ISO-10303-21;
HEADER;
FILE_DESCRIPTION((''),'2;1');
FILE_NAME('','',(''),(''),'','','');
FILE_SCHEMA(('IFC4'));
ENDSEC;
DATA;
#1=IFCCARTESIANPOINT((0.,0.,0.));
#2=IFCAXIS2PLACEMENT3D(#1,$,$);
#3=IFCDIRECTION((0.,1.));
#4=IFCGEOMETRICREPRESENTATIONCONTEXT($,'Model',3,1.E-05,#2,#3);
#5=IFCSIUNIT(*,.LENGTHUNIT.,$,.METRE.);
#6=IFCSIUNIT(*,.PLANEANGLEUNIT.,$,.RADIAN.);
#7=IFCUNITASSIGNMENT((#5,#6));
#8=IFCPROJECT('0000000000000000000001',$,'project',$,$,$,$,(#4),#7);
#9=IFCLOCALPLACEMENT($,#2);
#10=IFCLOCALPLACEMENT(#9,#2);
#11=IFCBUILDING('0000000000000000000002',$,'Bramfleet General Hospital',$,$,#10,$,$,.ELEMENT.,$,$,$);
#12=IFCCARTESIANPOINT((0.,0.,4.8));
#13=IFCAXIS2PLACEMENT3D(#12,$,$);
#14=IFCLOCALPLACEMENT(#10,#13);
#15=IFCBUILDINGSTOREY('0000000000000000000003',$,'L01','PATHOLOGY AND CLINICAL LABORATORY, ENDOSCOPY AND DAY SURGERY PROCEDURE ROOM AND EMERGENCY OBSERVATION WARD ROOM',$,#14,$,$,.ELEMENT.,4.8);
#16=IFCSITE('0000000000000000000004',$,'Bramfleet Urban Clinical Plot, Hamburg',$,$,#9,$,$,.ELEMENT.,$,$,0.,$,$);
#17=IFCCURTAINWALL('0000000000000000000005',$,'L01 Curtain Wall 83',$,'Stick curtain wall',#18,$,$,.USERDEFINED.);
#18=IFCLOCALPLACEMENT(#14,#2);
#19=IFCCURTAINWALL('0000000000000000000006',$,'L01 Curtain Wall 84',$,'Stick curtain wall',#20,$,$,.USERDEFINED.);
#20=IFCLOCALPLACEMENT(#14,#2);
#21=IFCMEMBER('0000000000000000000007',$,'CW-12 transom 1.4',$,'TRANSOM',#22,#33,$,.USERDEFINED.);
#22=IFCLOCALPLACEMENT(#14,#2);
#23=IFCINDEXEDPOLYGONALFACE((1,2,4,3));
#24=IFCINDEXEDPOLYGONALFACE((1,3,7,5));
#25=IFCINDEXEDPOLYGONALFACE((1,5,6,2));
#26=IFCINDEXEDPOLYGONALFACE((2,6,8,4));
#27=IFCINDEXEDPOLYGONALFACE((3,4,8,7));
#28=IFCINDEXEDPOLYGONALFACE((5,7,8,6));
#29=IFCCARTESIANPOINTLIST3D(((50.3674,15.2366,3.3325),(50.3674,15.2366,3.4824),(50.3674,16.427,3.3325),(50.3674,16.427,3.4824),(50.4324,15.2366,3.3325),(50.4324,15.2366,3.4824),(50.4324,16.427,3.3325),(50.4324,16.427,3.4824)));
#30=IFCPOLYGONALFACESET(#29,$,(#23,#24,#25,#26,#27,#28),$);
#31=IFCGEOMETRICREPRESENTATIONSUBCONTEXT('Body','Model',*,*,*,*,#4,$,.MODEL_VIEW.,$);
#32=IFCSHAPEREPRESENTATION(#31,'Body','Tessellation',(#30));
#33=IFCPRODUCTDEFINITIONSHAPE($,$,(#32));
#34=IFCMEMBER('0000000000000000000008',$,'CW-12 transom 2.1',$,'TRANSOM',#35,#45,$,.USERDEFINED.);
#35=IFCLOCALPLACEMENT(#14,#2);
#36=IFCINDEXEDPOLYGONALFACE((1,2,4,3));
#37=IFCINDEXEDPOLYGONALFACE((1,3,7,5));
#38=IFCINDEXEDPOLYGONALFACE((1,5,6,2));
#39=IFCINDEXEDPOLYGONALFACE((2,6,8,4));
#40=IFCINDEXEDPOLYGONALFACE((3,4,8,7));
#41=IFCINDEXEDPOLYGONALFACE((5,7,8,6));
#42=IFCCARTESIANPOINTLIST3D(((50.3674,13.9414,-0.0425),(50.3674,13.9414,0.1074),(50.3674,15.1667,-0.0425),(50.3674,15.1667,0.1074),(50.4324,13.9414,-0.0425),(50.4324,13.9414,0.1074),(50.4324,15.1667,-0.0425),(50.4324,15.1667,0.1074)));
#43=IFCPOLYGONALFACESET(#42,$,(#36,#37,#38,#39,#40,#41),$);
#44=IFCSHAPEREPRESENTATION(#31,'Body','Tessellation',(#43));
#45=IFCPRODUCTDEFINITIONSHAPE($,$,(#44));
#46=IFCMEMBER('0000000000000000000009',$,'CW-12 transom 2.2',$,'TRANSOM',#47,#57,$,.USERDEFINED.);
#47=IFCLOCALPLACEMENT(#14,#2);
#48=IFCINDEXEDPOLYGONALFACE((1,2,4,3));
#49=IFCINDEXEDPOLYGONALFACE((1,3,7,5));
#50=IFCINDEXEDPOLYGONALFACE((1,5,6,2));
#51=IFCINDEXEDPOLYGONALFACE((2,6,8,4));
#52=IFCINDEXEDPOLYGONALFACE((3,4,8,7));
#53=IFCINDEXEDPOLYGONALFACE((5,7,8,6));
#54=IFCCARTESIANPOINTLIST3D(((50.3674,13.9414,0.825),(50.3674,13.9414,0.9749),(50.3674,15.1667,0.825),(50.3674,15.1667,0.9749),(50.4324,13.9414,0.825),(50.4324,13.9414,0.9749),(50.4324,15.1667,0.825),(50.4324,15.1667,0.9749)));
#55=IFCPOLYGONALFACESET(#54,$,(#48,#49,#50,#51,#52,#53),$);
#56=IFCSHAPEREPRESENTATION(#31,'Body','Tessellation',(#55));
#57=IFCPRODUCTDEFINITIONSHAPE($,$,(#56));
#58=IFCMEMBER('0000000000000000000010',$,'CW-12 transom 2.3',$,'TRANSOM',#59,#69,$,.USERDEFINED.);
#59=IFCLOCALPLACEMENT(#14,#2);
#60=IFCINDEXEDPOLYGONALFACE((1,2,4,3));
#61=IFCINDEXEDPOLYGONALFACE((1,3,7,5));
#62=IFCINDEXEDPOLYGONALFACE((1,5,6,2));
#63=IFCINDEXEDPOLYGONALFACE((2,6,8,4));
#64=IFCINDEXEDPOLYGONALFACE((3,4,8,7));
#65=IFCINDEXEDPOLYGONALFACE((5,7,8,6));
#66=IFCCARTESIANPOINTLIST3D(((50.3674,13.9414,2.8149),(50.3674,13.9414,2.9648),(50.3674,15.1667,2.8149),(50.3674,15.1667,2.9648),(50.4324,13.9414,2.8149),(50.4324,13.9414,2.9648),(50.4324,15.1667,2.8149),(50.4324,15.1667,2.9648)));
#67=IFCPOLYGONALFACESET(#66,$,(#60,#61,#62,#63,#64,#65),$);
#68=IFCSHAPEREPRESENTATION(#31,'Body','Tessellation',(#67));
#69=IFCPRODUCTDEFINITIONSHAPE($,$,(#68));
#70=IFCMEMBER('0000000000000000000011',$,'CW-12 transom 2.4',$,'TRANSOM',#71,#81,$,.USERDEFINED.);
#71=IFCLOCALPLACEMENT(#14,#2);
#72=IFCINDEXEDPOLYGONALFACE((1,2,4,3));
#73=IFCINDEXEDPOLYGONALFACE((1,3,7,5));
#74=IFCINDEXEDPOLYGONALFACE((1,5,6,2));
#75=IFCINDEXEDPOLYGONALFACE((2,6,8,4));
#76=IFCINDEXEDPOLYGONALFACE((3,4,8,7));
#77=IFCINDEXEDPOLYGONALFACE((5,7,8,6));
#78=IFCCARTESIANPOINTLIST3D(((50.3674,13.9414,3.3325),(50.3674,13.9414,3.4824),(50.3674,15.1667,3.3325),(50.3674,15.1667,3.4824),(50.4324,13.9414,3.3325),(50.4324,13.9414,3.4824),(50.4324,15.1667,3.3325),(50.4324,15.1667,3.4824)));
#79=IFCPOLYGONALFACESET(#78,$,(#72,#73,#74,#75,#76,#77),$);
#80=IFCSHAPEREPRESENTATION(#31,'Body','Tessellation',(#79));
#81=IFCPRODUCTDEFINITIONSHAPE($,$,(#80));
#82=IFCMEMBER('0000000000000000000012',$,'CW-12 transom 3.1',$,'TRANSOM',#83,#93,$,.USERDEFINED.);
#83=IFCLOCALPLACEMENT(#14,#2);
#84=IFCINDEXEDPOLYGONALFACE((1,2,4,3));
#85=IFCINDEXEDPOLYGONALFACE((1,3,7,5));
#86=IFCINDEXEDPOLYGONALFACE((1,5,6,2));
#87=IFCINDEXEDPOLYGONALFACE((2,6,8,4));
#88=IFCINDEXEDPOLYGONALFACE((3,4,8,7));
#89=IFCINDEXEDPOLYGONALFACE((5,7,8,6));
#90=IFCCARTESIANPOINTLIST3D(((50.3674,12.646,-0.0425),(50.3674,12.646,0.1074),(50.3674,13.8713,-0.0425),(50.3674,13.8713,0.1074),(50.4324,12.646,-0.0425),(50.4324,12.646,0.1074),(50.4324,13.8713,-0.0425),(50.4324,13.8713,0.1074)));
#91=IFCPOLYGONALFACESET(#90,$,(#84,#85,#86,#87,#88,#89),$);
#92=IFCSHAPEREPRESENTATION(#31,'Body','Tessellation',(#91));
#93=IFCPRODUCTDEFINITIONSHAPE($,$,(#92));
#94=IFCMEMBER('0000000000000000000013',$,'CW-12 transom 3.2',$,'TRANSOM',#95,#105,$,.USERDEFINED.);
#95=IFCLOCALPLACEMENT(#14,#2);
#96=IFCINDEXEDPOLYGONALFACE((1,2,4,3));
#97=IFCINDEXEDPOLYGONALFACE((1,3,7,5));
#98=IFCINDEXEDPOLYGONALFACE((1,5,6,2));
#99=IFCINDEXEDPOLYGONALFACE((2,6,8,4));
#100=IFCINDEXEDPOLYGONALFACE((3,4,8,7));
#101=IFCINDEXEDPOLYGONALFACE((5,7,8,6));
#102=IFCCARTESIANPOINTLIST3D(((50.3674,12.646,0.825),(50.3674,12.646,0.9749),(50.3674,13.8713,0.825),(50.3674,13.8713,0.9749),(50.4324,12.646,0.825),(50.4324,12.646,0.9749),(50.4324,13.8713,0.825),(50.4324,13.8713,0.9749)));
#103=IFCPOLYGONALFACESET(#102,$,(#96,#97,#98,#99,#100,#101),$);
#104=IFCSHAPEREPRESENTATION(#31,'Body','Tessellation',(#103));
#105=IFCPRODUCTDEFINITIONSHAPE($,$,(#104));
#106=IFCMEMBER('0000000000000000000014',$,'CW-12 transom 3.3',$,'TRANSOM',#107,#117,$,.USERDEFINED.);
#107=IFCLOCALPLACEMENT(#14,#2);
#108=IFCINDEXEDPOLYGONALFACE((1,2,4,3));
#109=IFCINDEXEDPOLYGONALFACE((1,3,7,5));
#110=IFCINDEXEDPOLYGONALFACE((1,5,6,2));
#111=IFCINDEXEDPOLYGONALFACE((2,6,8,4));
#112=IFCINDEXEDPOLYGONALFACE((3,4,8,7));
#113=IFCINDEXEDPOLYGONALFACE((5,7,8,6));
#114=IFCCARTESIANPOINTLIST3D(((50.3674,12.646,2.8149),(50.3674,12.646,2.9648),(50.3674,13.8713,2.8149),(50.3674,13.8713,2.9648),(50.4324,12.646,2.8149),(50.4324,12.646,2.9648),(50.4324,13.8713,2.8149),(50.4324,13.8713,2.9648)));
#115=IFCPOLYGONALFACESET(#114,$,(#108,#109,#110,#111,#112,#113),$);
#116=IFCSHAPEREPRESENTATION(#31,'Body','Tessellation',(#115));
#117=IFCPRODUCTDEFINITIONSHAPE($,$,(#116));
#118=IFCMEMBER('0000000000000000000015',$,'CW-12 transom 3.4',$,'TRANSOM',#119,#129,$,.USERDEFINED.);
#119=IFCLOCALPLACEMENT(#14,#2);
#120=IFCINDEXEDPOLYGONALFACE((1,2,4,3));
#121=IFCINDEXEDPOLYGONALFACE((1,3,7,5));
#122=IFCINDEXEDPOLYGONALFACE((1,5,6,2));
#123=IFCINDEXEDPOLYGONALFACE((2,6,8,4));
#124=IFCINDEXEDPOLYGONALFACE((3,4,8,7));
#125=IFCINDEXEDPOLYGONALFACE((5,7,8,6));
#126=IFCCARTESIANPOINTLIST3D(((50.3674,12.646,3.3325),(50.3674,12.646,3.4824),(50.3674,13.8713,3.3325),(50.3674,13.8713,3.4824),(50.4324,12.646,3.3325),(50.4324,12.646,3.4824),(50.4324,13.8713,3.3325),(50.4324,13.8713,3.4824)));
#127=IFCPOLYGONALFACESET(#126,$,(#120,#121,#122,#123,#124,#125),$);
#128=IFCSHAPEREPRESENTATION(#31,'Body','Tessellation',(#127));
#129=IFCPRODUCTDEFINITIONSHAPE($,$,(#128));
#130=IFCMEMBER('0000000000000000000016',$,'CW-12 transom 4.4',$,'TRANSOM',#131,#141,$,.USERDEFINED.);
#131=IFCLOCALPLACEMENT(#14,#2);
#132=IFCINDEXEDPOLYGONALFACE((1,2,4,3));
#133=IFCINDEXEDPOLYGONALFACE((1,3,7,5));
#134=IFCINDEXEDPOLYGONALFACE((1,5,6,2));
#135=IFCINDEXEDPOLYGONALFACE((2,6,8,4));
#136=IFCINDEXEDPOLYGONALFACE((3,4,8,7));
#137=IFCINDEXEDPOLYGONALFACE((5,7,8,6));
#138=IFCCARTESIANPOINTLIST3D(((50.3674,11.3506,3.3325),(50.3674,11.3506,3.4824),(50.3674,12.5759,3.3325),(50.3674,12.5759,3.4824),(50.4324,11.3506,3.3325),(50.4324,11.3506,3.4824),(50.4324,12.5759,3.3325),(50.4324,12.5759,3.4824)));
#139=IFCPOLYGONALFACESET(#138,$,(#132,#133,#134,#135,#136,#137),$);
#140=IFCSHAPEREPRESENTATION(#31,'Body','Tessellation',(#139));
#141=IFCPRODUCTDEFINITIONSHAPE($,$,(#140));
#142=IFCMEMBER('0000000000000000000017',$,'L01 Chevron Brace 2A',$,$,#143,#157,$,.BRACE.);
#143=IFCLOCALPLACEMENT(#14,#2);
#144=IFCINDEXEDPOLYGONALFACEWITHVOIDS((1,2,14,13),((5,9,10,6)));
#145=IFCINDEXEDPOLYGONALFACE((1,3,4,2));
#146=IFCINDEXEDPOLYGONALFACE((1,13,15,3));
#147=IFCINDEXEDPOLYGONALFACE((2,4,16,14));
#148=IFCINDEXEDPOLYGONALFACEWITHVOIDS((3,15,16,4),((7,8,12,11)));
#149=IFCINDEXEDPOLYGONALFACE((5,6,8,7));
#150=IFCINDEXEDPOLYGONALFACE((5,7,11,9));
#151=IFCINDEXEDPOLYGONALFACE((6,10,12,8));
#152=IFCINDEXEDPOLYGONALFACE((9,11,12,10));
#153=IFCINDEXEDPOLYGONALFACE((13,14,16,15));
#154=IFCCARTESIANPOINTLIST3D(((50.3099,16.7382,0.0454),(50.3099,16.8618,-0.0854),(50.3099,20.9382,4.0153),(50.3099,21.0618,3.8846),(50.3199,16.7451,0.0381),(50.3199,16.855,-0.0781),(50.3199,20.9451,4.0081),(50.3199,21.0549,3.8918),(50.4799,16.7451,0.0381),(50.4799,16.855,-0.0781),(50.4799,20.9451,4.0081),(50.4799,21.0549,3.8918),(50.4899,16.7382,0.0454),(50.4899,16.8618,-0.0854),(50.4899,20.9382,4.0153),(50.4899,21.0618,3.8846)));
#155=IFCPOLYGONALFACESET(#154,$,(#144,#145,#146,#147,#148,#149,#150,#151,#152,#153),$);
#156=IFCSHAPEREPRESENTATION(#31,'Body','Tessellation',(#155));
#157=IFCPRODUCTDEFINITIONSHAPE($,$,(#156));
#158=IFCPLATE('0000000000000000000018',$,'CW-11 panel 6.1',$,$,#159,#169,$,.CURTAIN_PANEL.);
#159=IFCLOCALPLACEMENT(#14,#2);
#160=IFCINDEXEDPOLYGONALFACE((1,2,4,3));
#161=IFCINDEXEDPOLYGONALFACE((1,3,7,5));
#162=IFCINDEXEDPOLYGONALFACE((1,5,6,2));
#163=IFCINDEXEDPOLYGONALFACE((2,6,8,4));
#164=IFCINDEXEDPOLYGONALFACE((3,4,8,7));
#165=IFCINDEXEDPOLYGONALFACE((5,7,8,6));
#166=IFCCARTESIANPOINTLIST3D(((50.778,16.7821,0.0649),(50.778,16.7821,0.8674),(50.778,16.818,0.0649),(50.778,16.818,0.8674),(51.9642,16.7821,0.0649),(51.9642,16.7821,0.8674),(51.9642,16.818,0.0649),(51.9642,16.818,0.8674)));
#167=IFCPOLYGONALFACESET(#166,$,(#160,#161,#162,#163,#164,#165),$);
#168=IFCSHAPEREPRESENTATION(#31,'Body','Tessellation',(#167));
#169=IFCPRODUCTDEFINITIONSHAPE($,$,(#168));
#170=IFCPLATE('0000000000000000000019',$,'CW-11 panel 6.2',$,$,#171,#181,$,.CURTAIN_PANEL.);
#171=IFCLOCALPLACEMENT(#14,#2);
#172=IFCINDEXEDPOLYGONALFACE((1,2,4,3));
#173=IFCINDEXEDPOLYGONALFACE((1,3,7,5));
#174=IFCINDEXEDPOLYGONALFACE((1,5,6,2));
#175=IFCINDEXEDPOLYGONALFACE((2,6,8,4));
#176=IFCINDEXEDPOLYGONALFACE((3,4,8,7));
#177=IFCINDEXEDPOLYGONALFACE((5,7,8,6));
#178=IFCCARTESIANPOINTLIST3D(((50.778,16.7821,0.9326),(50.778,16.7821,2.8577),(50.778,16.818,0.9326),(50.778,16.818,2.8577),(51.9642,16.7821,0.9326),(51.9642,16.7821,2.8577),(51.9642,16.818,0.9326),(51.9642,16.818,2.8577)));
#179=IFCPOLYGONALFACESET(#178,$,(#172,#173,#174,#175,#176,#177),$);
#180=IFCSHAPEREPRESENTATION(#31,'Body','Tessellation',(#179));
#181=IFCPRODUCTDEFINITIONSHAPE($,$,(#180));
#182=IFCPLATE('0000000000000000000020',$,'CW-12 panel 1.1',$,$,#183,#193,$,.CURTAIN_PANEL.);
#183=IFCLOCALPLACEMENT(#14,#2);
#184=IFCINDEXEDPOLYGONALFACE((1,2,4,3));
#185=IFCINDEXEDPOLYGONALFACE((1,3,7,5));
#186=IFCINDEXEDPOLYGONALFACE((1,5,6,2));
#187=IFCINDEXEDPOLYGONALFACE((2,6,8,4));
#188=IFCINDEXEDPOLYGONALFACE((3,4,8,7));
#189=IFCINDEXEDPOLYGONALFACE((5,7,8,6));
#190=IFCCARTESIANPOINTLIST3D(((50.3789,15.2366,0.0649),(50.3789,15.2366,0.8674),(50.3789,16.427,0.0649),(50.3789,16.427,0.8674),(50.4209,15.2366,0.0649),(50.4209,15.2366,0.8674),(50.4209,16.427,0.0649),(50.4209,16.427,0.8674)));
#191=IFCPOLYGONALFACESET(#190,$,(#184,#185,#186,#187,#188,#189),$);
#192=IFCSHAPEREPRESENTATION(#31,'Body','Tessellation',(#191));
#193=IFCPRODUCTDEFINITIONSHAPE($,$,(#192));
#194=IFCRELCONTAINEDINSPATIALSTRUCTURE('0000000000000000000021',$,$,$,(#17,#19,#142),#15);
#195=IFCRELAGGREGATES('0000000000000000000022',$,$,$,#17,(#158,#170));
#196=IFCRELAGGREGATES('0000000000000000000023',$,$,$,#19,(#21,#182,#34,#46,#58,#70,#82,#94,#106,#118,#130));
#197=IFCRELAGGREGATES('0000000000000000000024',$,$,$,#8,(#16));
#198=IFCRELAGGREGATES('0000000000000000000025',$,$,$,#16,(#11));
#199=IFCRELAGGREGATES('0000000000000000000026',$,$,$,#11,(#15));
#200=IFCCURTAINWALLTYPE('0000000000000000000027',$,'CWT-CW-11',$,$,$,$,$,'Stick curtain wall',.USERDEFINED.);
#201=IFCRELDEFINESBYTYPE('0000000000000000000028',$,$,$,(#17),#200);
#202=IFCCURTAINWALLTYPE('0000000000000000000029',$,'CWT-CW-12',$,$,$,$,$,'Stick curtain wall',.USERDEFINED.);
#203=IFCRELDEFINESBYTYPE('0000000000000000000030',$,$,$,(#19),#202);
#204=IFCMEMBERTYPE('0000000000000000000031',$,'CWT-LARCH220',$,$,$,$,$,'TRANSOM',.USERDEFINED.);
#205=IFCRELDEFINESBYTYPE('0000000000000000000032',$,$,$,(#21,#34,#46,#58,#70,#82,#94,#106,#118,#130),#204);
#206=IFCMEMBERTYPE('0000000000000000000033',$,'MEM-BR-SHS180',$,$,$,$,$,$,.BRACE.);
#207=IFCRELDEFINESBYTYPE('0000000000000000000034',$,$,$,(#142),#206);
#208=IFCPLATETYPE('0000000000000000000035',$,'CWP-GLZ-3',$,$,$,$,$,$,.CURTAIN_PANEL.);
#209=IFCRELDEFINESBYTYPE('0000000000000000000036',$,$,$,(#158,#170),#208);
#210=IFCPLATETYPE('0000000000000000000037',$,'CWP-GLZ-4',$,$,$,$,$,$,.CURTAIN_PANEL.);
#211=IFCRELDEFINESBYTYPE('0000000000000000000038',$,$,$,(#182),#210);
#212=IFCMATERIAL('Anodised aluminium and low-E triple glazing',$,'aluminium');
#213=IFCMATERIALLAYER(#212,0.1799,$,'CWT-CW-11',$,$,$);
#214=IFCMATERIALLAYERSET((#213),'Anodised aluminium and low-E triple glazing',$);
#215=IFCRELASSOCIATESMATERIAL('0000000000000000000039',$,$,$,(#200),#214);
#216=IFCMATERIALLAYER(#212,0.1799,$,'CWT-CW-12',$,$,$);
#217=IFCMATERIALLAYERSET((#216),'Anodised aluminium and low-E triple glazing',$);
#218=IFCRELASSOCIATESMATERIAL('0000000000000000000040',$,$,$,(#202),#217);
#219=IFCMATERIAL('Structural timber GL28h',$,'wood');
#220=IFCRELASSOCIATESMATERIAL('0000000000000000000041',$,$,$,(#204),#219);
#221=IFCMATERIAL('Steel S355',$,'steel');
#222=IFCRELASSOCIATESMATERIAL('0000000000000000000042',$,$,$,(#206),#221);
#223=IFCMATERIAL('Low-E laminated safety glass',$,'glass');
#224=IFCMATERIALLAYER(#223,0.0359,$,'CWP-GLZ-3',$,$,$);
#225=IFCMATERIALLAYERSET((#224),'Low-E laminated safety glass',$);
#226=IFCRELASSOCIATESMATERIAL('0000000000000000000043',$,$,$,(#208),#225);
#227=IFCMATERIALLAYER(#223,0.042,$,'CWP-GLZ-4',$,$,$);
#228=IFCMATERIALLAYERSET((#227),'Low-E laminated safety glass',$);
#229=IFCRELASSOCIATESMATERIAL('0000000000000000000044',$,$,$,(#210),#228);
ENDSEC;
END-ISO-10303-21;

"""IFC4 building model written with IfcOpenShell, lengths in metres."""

from ifc_helpers import new_model, si_unit, direction, frame, origin, origin_2d, place, context, subcontext, project, spatial, rectangle, hollow_rectangle, extrude, material, layer, layer_set, material_profile, profile_set, type_object, element, aggregate, save


model = new_model("IFC4")

# Units and contexts
model_context = context("Model", 3, precision=1e-05, world=origin(), true_north=direction((0.0, 1.0)))
body_context = subcontext(model_context, "Body", "Model", "MODEL_VIEW")
ifc_project = project(units=[si_unit("LENGTHUNIT", "METRE"), si_unit("PLANEANGLEUNIT", "RADIAN")], contexts=[model_context])

# Site, building, storey
site_placement = place(None, origin())
site = spatial("IfcSite", under=ifc_project, at=site_placement, Name="Bramfleet Urban Clinical Plot, Hamburg", CompositionType="ELEMENT", RefElevation=0.0)
building_placement = place(site_placement, origin())
building = spatial("IfcBuilding", under=site, at=building_placement, Name="Bramfleet General Hospital", CompositionType="ELEMENT")
storey_placement = place(building_placement, frame((0.0, 0.0, 4.8)))
storey = spatial("IfcBuildingStorey", under=building, at=storey_placement, Name="L01", Description="PATHOLOGY AND CLINICAL LABORATORY, ENDOSCOPY AND DAY SURGERY PROCEDURE ROOM AND EMERGENCY OBSERVATION WARD ROOM", CompositionType="ELEMENT", Elevation=4.8)

# Shared definitions
ifc_material_1 = material(Name="Steel S355", Category="steel")

# Curtain wall
ifc_material_2 = material(Name="Anodised aluminium and low-E triple glazing", Category="aluminium")
ifc_layer_1 = layer(ifc_material_2, 0.1799, Name="CWT-CW-11")
ifc_layer_set_1 = layer_set([ifc_layer_1], Name="Anodised aluminium and low-E triple glazing")
curtain_wall_type_1 = type_object("IfcCurtainWallType", Name="CWT-CW-11", ElementType="Stick curtain wall", PredefinedType="USERDEFINED", material=ifc_layer_set_1)
curtain_wall_1_placement = place(storey_placement, origin())
curtain_wall_1 = element("IfcCurtainWall", 1, at=curtain_wall_1_placement, inside=storey, type_object=curtain_wall_type_1, Name="L01 Curtain Wall 83", ObjectType="Stick curtain wall", PredefinedType="USERDEFINED")

# Curtain wall, members
ifc_layer_2 = layer(ifc_material_2, 0.1799, Name="CWT-CW-12")
ifc_layer_set_2 = layer_set([ifc_layer_2], Name="Anodised aluminium and low-E triple glazing")
curtain_wall_type_2 = type_object("IfcCurtainWallType", Name="CWT-CW-12", ElementType="Stick curtain wall", PredefinedType="USERDEFINED", material=ifc_layer_set_2)
curtain_wall_2_placement = place(storey_placement, origin())
curtain_wall_2 = element("IfcCurtainWall", 2, at=curtain_wall_2_placement, inside=storey, type_object=curtain_wall_type_2, Name="L01 Curtain Wall 84", ObjectType="Stick curtain wall", PredefinedType="USERDEFINED")
ifc_material_3 = material(Name="Structural timber GL28h", Category="wood")
ifc_material_profile_1 = material_profile(ifc_material_3, rectangle(XDim=0.0649, YDim=0.1499, at=origin_2d()), Name="LARCH 150x65")
ifc_profile_set_1 = profile_set([ifc_material_profile_1], Name="Structural timber GL28h")
member_type_1 = type_object("IfcMemberType", Name="CWT-LARCH220", ElementType="TRANSOM", PredefinedType="USERDEFINED", material=ifc_profile_set_1)
member_1_placement = place(storey_placement, frame((50.3999, 16.427, 3.4075), z_axis=(0.0, -1.0, 0.0), x_axis=(1.0, 0.0, 0.0)))
member_1 = element("IfcMember", 3, at=member_1_placement, type_object=member_type_1, Name="CW-12 transom 1.4", ObjectType="TRANSOM", PredefinedType="USERDEFINED", context=body_context, shape_type="SweptSolid", body=[
    extrude(rectangle(XDim=0.0649, YDim=0.1499, at=origin_2d()), origin(), (0.0, 0.0, 1.0), 1.1904),
])
member_2_placement = place(storey_placement, frame((50.3999, 15.1667, 0.0325), z_axis=(0.0, -1.0, 0.0), x_axis=(1.0, 0.0, 0.0)))
member_2 = element("IfcMember", 4, at=member_2_placement, type_object=member_type_1, Name="CW-12 transom 2.1", ObjectType="TRANSOM", PredefinedType="USERDEFINED", context=body_context, shape_type="SweptSolid", body=[
    extrude(rectangle(XDim=0.0649, YDim=0.1499, at=origin_2d()), origin(), (0.0, 0.0, 1.0), 1.2253),
])
member_3_placement = place(storey_placement, frame((50.3999, 15.1667, 0.8999), z_axis=(0.0, -1.0, 0.0), x_axis=(1.0, 0.0, 0.0)))
member_3 = element("IfcMember", 5, at=member_3_placement, type_object=member_type_1, Name="CW-12 transom 2.2", ObjectType="TRANSOM", PredefinedType="USERDEFINED", context=body_context, shape_type="SweptSolid", body=[
    extrude(rectangle(XDim=0.0649, YDim=0.1499, at=origin_2d()), origin(), (0.0, 0.0, 1.0), 1.2253),
])
member_4_placement = place(storey_placement, frame((50.3999, 15.1667, 2.8899), z_axis=(0.0, -1.0, 0.0), x_axis=(1.0, 0.0, 0.0)))
member_4 = element("IfcMember", 6, at=member_4_placement, type_object=member_type_1, Name="CW-12 transom 2.3", ObjectType="TRANSOM", PredefinedType="USERDEFINED", context=body_context, shape_type="SweptSolid", body=[
    extrude(rectangle(XDim=0.0649, YDim=0.1499, at=origin_2d()), origin(), (0.0, 0.0, 1.0), 1.2253),
])
member_5_placement = place(storey_placement, frame((50.3999, 15.1667, 3.4075), z_axis=(0.0, -1.0, 0.0), x_axis=(1.0, 0.0, 0.0)))
member_5 = element("IfcMember", 7, at=member_5_placement, type_object=member_type_1, Name="CW-12 transom 2.4", ObjectType="TRANSOM", PredefinedType="USERDEFINED", context=body_context, shape_type="SweptSolid", body=[
    extrude(rectangle(XDim=0.0649, YDim=0.1499, at=origin_2d()), origin(), (0.0, 0.0, 1.0), 1.2253),
])
member_6_placement = place(storey_placement, frame((50.3999, 13.8713, 0.0325), z_axis=(0.0, -1.0, 0.0), x_axis=(1.0, 0.0, 0.0)))
member_6 = element("IfcMember", 8, at=member_6_placement, type_object=member_type_1, Name="CW-12 transom 3.1", ObjectType="TRANSOM", PredefinedType="USERDEFINED", context=body_context, shape_type="SweptSolid", body=[
    extrude(rectangle(XDim=0.0649, YDim=0.1499, at=origin_2d()), origin(), (0.0, 0.0, 1.0), 1.2253),
])
member_7_placement = place(storey_placement, frame((50.3999, 13.8713, 0.8999), z_axis=(0.0, -1.0, 0.0), x_axis=(1.0, 0.0, 0.0)))
member_7 = element("IfcMember", 9, at=member_7_placement, type_object=member_type_1, Name="CW-12 transom 3.2", ObjectType="TRANSOM", PredefinedType="USERDEFINED", context=body_context, shape_type="SweptSolid", body=[
    extrude(rectangle(XDim=0.0649, YDim=0.1499, at=origin_2d()), origin(), (0.0, 0.0, 1.0), 1.2253),
])
member_8_placement = place(storey_placement, frame((50.3999, 13.8713, 2.8899), z_axis=(0.0, -1.0, 0.0), x_axis=(1.0, 0.0, 0.0)))
member_8 = element("IfcMember", 10, at=member_8_placement, type_object=member_type_1, Name="CW-12 transom 3.3", ObjectType="TRANSOM", PredefinedType="USERDEFINED", context=body_context, shape_type="SweptSolid", body=[
    extrude(rectangle(XDim=0.0649, YDim=0.1499, at=origin_2d()), origin(), (0.0, 0.0, 1.0), 1.2253),
])
member_9_placement = place(storey_placement, frame((50.3999, 13.8713, 3.4075), z_axis=(0.0, -1.0, 0.0), x_axis=(1.0, 0.0, 0.0)))
member_9 = element("IfcMember", 11, at=member_9_placement, type_object=member_type_1, Name="CW-12 transom 3.4", ObjectType="TRANSOM", PredefinedType="USERDEFINED", context=body_context, shape_type="SweptSolid", body=[
    extrude(rectangle(XDim=0.0649, YDim=0.1499, at=origin_2d()), origin(), (0.0, 0.0, 1.0), 1.2253),
])
member_10_placement = place(storey_placement, frame((50.3999, 12.5759, 3.4075), z_axis=(0.0, -1.0, 0.0), x_axis=(1.0, 0.0, 0.0)))
member_10 = element("IfcMember", 12, at=member_10_placement, type_object=member_type_1, Name="CW-12 transom 4.4", ObjectType="TRANSOM", PredefinedType="USERDEFINED", context=body_context, shape_type="SweptSolid", body=[
    extrude(rectangle(XDim=0.0649, YDim=0.1499, at=origin_2d()), origin(), (0.0, 0.0, 1.0), 1.2253),
])

# Member
ifc_material_profile_2 = material_profile(ifc_material_1, hollow_rectangle(XDim=0.1799, YDim=0.1799, WallThickness=0.01, at=origin_2d()), Name="SHS 180x180x10.0")
ifc_profile_set_2 = profile_set([ifc_material_profile_2], Name="Steel S355")
member_type_2 = type_object("IfcMemberType", Name="MEM-BR-SHS180", PredefinedType="BRACE", material=ifc_profile_set_2)
member_11_placement = place(storey_placement, frame((50.3999, 16.8, -0.02), z_axis=(0.0, 0.726724, 0.68693), x_axis=(-1.0, 0.0, 0.0)))
element("IfcMember", 13, at=member_11_placement, inside=storey, type_object=member_type_2, Name="L01 Chevron Brace 2A", PredefinedType="BRACE", context=body_context, shape_type="SweptSolid", body=[
    extrude(hollow_rectangle(XDim=0.1799, YDim=0.1799, WallThickness=0.01, at=origin_2d()), origin(), (0.0, 0.0, 1.0), 5.7793),
])

# Plates
ifc_material_4 = material(Name="Low-E laminated safety glass", Category="glass")
ifc_layer_3 = layer(ifc_material_4, 0.0359, Name="CWP-GLZ-3")
ifc_layer_set_3 = layer_set([ifc_layer_3], Name="Low-E laminated safety glass")
plate_type_1 = type_object("IfcPlateType", Name="CWP-GLZ-3", PredefinedType="CURTAIN_PANEL", material=ifc_layer_set_3)
plate_1_placement = place(storey_placement, frame((51.3711, 16.8, 0.0649), z_axis=(0.0, 0.0, 1.0), x_axis=(-1.0, 0.0, 0.0)))
plate_1 = element("IfcPlate", 14, at=plate_1_placement, type_object=plate_type_1, Name="CW-11 panel 6.1", PredefinedType="CURTAIN_PANEL", context=body_context, shape_type="SweptSolid", body=[
    extrude(rectangle(XDim=1.1863, YDim=0.0359, at=origin_2d()), origin(), (0.0, 0.0, 1.0), 0.8025),
])
plate_2_placement = place(storey_placement, frame((51.3711, 16.8, 0.9326), z_axis=(0.0, 0.0, 1.0), x_axis=(-1.0, 0.0, 0.0)))
plate_2 = element("IfcPlate", 15, at=plate_2_placement, type_object=plate_type_1, Name="CW-11 panel 6.2", PredefinedType="CURTAIN_PANEL", context=body_context, shape_type="SweptSolid", body=[
    extrude(rectangle(XDim=1.1863, YDim=0.0359, at=origin_2d()), origin(), (0.0, 0.0, 1.0), 1.925),
])
aggregate(curtain_wall_1, [plate_1, plate_2])
ifc_layer_4 = layer(ifc_material_4, 0.042, Name="CWP-GLZ-4")
ifc_layer_set_4 = layer_set([ifc_layer_4], Name="Low-E laminated safety glass")
plate_type_2 = type_object("IfcPlateType", Name="CWP-GLZ-4", PredefinedType="CURTAIN_PANEL", material=ifc_layer_set_4)
plate_3_placement = place(storey_placement, frame((50.3999, 15.8318, 0.0649), z_axis=(0.0, 0.0, 1.0), x_axis=(0.0, -1.0, 0.0)))
plate_3 = element("IfcPlate", 16, at=plate_3_placement, type_object=plate_type_2, Name="CW-12 panel 1.1", PredefinedType="CURTAIN_PANEL", context=body_context, shape_type="SweptSolid", body=[
    extrude(rectangle(XDim=1.1904, YDim=0.042, at=origin_2d()), origin(), (0.0, 0.0, 1.0), 0.8025),
])
aggregate(curtain_wall_2, [member_1, plate_3, member_2, member_3, member_4, member_5, member_6, member_7, member_8, member_9, member_10])

save(model, "model.ifc")
